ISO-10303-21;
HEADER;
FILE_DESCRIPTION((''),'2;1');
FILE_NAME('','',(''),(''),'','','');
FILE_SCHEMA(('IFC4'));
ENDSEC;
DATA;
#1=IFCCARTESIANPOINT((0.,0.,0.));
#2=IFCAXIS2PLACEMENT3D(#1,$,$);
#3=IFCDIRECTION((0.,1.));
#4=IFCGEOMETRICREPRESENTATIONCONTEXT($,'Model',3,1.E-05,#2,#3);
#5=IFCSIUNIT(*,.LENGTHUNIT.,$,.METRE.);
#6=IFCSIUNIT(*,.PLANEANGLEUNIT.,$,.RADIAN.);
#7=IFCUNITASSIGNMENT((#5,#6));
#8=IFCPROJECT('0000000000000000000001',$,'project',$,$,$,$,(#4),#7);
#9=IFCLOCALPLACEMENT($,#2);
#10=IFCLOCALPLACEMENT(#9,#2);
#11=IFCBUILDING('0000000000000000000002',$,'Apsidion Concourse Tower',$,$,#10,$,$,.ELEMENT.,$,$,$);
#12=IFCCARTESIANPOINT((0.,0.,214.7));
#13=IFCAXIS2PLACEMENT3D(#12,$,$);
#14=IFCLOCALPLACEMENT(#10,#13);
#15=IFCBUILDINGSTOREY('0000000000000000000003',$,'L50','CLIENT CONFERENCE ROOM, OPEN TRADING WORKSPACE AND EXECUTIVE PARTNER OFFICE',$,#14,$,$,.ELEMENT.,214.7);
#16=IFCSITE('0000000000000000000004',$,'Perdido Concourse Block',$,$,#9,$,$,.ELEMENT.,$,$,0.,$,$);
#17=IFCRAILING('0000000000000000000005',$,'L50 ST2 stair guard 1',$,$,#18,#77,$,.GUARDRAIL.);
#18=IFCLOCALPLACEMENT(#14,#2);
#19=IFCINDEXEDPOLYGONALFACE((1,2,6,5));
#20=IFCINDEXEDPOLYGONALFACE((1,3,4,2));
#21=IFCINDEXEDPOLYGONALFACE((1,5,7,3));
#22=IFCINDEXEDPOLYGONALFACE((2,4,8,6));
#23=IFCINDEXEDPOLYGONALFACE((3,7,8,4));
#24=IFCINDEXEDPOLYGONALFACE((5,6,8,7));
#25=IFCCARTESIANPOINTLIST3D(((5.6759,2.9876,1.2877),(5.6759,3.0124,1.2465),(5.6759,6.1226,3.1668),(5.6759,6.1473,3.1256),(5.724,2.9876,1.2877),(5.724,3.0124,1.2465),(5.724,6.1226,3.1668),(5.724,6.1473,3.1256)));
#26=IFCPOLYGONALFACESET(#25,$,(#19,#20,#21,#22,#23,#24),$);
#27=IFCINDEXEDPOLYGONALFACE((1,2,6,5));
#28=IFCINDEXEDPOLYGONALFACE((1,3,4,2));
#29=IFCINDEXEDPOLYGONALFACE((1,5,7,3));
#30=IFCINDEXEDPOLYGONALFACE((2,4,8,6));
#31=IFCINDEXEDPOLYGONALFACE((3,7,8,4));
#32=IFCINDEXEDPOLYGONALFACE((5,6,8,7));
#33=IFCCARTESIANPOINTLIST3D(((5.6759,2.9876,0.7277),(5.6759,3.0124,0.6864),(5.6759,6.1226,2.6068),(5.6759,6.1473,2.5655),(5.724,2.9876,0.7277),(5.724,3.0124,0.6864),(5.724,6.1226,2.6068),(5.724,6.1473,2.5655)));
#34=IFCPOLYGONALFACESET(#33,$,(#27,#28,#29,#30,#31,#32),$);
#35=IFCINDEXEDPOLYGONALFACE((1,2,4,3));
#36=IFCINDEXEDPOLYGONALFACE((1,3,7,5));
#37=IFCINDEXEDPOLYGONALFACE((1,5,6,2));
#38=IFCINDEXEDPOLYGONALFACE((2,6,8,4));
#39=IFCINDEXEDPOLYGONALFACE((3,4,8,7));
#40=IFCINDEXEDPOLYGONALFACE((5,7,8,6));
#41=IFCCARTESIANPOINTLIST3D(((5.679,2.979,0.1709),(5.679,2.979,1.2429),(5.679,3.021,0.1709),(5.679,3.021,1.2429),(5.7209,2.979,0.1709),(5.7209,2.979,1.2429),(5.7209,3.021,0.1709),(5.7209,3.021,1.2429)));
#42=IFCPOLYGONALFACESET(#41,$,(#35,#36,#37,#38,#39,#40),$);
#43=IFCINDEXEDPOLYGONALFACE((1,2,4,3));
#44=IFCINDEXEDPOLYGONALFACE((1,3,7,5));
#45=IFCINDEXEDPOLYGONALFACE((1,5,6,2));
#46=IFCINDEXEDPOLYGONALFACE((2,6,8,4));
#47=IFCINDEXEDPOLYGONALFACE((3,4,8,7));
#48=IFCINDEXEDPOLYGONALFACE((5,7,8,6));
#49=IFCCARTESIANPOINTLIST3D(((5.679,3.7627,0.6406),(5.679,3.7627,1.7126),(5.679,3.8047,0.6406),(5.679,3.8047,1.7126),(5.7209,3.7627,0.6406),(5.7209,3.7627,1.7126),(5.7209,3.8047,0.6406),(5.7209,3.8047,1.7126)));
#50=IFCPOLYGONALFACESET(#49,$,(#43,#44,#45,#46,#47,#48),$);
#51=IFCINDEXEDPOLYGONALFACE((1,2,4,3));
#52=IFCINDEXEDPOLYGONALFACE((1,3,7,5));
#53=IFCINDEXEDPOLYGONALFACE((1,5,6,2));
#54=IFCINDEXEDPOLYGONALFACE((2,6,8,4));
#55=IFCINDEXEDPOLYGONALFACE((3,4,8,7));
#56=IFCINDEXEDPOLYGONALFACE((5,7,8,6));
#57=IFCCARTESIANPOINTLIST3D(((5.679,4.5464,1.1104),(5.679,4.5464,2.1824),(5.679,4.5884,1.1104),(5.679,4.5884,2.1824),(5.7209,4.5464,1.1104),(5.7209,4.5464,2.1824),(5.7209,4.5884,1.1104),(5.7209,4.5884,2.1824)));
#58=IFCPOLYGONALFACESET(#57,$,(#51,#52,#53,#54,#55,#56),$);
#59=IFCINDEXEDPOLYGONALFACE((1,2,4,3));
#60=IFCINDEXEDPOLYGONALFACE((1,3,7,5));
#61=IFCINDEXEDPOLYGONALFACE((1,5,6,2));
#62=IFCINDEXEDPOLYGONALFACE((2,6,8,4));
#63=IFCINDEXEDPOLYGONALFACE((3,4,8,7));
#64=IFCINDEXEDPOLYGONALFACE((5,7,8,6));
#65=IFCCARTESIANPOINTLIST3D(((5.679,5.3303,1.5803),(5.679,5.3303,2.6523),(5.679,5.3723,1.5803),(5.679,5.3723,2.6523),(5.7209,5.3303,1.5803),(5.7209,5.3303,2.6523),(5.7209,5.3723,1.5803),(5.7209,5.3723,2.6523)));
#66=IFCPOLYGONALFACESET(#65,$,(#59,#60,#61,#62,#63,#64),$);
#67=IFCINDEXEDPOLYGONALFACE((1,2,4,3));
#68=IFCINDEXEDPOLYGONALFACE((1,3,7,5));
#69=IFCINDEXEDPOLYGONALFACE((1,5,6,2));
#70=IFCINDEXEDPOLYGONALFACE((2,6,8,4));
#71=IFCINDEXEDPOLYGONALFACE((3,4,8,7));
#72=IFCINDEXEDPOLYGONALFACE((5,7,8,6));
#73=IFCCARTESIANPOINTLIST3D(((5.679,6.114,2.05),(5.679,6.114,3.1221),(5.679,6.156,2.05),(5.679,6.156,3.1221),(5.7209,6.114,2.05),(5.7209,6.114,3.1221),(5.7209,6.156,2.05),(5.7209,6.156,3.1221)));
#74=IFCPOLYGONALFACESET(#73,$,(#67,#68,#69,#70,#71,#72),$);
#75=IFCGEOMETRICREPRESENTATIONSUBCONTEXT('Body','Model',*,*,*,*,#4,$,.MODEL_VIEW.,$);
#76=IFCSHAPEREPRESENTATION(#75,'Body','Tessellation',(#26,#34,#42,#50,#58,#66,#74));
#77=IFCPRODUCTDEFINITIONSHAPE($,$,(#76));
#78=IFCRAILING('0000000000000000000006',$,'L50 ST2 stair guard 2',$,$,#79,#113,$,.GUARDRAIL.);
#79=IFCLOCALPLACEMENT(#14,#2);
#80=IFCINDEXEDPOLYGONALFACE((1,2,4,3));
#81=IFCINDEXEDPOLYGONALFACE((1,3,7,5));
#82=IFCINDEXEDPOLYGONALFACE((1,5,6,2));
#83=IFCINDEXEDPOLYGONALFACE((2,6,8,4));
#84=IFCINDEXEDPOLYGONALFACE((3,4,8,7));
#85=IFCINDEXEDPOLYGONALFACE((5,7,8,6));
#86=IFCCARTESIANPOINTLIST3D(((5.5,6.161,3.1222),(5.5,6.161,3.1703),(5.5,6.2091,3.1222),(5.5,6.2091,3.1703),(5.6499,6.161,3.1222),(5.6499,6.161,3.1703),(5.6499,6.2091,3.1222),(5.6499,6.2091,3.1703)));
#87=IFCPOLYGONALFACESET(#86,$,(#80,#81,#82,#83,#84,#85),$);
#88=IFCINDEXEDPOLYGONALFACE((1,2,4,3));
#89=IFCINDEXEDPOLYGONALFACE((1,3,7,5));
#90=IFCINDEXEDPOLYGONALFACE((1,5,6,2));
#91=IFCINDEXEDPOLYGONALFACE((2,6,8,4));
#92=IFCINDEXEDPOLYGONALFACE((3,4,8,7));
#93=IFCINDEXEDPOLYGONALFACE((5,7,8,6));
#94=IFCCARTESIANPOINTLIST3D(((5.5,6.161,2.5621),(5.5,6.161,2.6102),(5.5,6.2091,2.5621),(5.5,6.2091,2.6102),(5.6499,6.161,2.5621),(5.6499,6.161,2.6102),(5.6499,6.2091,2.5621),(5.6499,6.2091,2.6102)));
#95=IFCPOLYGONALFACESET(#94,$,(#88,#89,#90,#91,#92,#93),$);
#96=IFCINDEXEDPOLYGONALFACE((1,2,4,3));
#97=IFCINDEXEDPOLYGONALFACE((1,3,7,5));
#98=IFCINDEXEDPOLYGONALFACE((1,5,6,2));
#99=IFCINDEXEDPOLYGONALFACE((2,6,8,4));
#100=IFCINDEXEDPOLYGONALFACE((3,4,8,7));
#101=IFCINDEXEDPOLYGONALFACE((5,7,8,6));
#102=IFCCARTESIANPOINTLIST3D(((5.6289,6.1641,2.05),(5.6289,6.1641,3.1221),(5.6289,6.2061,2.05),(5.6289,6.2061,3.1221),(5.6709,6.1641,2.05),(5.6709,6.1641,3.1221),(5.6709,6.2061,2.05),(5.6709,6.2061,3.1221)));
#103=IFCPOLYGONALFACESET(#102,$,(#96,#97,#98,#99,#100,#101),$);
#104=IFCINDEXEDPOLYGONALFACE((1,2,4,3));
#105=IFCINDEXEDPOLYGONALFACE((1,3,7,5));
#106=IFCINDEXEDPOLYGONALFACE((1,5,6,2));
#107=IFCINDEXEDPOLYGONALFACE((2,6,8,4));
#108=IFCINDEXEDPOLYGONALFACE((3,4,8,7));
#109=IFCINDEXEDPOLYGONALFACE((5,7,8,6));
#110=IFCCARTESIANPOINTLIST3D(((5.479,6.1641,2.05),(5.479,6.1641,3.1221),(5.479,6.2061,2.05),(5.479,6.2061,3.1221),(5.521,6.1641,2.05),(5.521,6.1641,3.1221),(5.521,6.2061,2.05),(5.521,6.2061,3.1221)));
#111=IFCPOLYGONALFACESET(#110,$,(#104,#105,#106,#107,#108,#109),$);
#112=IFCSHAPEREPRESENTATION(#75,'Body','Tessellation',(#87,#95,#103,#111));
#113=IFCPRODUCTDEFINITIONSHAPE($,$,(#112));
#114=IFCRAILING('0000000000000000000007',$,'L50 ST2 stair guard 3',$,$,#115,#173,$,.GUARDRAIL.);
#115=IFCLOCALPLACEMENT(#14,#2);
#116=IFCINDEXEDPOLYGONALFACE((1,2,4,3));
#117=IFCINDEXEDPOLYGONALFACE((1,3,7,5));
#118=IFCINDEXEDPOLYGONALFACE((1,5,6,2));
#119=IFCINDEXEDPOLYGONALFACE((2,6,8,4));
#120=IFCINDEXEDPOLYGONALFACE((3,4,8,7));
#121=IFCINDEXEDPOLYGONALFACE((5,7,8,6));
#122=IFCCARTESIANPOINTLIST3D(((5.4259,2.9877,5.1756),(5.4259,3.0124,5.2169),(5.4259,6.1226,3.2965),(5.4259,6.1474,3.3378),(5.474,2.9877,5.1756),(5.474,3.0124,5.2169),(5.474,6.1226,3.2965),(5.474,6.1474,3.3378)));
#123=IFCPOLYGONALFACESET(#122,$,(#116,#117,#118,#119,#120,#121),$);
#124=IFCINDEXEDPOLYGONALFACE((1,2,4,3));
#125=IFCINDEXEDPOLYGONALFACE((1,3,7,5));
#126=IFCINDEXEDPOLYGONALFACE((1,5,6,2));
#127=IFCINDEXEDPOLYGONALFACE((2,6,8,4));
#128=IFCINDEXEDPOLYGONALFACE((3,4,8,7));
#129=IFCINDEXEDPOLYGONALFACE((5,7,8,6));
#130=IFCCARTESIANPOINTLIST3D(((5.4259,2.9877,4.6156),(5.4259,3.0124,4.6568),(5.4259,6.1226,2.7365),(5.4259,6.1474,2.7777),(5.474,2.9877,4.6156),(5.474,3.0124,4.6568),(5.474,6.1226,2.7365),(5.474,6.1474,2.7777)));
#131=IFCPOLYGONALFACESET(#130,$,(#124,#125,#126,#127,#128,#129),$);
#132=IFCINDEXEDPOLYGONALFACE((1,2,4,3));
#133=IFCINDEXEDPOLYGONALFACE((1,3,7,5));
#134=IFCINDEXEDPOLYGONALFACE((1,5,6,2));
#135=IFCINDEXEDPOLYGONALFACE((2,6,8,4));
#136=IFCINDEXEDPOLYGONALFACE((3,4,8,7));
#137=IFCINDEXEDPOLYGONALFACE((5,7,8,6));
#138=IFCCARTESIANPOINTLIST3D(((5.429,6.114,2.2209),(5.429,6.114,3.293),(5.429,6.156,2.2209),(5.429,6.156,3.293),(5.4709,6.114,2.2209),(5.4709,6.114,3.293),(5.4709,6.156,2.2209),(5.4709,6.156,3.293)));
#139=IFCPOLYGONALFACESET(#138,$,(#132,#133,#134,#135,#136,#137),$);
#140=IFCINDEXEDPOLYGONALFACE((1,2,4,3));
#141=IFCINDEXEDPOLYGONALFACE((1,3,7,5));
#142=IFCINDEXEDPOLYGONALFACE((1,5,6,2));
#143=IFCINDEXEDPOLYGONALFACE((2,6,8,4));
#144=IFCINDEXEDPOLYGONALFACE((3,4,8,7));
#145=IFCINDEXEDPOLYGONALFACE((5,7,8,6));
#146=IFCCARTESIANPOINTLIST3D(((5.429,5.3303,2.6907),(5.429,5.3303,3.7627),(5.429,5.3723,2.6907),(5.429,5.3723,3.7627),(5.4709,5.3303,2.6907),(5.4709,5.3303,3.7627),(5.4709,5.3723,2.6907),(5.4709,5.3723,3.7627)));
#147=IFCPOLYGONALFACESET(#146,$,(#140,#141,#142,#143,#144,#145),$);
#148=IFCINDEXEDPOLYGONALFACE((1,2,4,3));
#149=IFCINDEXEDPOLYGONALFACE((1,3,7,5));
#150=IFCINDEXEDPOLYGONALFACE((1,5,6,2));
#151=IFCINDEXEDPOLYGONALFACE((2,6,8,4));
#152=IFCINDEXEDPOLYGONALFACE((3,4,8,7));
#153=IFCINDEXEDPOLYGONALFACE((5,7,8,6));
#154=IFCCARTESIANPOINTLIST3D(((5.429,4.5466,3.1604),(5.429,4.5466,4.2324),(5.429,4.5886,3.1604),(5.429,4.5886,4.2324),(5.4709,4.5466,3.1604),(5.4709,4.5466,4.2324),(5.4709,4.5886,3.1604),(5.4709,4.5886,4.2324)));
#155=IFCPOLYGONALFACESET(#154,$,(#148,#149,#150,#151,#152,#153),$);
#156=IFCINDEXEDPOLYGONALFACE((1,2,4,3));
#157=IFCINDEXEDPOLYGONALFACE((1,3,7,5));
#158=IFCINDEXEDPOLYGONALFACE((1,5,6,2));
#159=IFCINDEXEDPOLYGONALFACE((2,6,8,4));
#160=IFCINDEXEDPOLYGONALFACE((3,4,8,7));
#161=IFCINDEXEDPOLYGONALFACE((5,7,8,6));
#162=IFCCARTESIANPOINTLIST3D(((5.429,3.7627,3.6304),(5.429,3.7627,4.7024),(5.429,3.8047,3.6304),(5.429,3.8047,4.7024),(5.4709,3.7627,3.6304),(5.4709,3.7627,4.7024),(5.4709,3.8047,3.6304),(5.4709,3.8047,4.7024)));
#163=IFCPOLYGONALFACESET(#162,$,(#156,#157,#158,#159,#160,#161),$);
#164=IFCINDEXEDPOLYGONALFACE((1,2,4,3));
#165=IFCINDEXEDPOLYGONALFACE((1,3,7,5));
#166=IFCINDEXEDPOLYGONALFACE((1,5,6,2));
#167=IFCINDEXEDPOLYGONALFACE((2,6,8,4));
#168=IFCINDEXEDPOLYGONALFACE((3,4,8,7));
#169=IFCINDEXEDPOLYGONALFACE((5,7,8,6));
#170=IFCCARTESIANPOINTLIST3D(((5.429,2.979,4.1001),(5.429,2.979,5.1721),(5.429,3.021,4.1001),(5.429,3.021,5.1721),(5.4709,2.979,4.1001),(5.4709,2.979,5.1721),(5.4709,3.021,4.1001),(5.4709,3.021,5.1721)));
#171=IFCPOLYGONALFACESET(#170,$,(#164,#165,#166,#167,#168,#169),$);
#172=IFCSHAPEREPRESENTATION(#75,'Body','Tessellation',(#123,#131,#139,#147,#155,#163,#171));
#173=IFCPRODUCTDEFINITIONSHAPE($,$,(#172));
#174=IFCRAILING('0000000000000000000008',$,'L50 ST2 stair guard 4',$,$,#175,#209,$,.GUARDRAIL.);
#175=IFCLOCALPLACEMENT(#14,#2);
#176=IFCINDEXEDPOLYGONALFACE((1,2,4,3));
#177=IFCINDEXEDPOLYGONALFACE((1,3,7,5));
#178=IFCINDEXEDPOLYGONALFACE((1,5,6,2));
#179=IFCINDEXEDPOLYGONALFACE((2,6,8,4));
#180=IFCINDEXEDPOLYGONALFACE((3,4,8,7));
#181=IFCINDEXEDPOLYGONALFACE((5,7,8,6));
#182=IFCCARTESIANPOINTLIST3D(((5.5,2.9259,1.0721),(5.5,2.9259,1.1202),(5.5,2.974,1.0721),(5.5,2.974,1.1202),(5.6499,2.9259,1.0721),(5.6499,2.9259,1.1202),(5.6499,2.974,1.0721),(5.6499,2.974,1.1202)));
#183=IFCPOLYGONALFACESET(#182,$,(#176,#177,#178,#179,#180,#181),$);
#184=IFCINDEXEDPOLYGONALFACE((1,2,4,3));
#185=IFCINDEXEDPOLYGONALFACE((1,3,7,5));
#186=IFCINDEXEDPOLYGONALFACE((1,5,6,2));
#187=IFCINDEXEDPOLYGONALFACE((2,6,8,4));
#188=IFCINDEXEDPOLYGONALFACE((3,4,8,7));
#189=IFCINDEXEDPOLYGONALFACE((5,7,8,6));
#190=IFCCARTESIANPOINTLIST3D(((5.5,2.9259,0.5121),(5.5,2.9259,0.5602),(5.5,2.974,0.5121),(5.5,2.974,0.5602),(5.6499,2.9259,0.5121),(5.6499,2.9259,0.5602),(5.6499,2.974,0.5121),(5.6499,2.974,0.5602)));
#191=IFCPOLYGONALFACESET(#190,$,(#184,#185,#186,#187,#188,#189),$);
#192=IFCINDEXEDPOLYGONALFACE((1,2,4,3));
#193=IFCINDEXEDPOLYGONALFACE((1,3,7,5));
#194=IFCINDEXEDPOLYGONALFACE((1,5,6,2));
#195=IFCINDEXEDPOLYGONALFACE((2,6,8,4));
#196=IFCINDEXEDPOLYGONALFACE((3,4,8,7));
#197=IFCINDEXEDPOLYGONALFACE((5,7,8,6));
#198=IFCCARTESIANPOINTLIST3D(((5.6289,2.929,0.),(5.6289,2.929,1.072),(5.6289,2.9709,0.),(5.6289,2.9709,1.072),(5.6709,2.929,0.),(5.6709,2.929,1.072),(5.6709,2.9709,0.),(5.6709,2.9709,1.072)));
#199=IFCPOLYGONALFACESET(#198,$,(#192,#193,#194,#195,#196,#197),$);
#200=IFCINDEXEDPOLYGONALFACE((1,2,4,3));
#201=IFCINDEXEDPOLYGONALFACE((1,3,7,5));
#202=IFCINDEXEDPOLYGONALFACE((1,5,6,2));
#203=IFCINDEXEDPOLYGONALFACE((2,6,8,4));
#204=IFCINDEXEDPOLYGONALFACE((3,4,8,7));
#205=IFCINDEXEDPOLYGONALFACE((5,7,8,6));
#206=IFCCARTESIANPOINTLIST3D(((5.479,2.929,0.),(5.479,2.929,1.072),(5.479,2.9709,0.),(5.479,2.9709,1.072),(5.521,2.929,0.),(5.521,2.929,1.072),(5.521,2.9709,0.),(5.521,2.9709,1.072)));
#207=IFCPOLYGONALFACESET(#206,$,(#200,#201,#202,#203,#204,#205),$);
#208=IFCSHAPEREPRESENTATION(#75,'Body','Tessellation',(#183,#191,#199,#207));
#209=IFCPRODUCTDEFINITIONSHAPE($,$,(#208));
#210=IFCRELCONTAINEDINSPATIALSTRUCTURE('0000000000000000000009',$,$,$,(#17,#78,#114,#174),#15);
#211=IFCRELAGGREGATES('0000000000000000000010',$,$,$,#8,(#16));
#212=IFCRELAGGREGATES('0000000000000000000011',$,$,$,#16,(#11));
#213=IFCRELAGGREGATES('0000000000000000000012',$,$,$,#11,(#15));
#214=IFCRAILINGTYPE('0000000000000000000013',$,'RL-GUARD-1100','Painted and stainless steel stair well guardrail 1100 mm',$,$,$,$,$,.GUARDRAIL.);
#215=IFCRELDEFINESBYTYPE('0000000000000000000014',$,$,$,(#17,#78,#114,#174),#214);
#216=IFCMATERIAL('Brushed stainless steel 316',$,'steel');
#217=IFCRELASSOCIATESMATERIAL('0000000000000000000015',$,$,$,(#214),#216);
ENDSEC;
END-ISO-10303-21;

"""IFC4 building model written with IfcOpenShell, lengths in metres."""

from ifc_helpers import new_model, si_unit, direction, frame, origin, origin_2d, place, context, subcontext, project, spatial, rectangle, extrude, material, type_object, element, save


model = new_model("IFC4")

# Units and contexts
model_context = context("Model", 3, precision=1e-05, world=origin(), true_north=direction((0.0, 1.0)))
body_context = subcontext(model_context, "Body", "Model", "MODEL_VIEW")
ifc_project = project(units=[si_unit("LENGTHUNIT", "METRE"), si_unit("PLANEANGLEUNIT", "RADIAN")], contexts=[model_context])

# Site, building, storey
site_placement = place(None, origin())
site = spatial("IfcSite", under=ifc_project, at=site_placement, Name="Perdido Concourse Block", CompositionType="ELEMENT", RefElevation=0.0)
building_placement = place(site_placement, origin())
building = spatial("IfcBuilding", under=site, at=building_placement, Name="Apsidion Concourse Tower", CompositionType="ELEMENT")
storey_placement = place(building_placement, frame((0.0, 0.0, 214.7)))
storey = spatial("IfcBuildingStorey", under=building, at=storey_placement, Name="L50", Description="CLIENT CONFERENCE ROOM, OPEN TRADING WORKSPACE AND EXECUTIVE PARTNER OFFICE", CompositionType="ELEMENT", Elevation=214.7)

# Railings
ifc_material_1 = material(Name="Brushed stainless steel 316", Category="steel")
railing_type_1 = type_object("IfcRailingType", Name="RL-GUARD-1100", Description="Painted and stainless steel stair well guardrail 1100 mm", PredefinedType="GUARDRAIL", material=ifc_material_1)
railing_1_placement = place(storey_placement, frame((5.7, 3.0, 0.1709)))
element("IfcRailing", 1, at=railing_1_placement, inside=storey, type_object=railing_type_1, Name="L50 ST2 stair guard 1", PredefinedType="GUARDRAIL", context=body_context, shape_type="SweptSolid", body=[
    extrude(rectangle(XDim=0.0481, YDim=0.0481, at=origin_2d()), frame((0.0, 0.0, 1.0962), z_axis=(0.0, 0.857717, 0.514122), x_axis=(-1.0, 0.0, 0.0)), (0.0, 0.0, 1.0), 3.655),
    extrude(rectangle(XDim=0.0481, YDim=0.0481, at=origin_2d()), frame((0.0, 0.0, 0.5361), z_axis=(0.0, 0.857717, 0.514122), x_axis=(-1.0, 0.0, 0.0)), (0.0, 0.0, 1.0), 3.655),
    extrude(rectangle(XDim=0.042, YDim=0.042, at=origin_2d()), origin(), (0.0, 0.0, 1.0), 1.072),
    extrude(rectangle(XDim=0.042, YDim=0.042, at=origin_2d()), frame((0.0, 0.7837, 0.4697)), (0.0, 0.0, 1.0), 1.072),
    extrude(rectangle(XDim=0.042, YDim=0.042, at=origin_2d()), frame((0.0, 1.5674, 0.9395)), (0.0, 0.0, 1.0), 1.072),
    extrude(rectangle(XDim=0.042, YDim=0.042, at=origin_2d()), frame((0.0, 2.3513, 1.4094)), (0.0, 0.0, 1.0), 1.072),
    extrude(rectangle(XDim=0.042, YDim=0.042, at=origin_2d()), frame((0.0, 3.135, 1.8792)), (0.0, 0.0, 1.0), 1.072),
])
railing_2_placement = place(storey_placement, frame((5.6499, 6.1851, 2.05)))
element("IfcRailing", 2, at=railing_2_placement, inside=storey, type_object=railing_type_1, Name="L50 ST2 stair guard 2", PredefinedType="GUARDRAIL", context=body_context, shape_type="SweptSolid", body=[
    extrude(rectangle(XDim=0.0481, YDim=0.0481, at=origin_2d()), frame((0.0, 0.0, 1.0962), z_axis=(-1.0, 0.0, 0.0), x_axis=(0.0, -1.0, 0.0)), (0.0, 0.0, 1.0), 0.1499),
    extrude(rectangle(XDim=0.0481, YDim=0.0481, at=origin_2d()), frame((0.0, 0.0, 0.5361), z_axis=(-1.0, 0.0, 0.0), x_axis=(0.0, -1.0, 0.0)), (0.0, 0.0, 1.0), 0.1499),
    extrude(rectangle(XDim=0.042, YDim=0.042, at=origin_2d()), origin(), (0.0, 0.0, 1.0), 1.072),
    extrude(rectangle(XDim=0.042, YDim=0.042, at=origin_2d()), frame((-0.1499, 0.0, 0.0)), (0.0, 0.0, 1.0), 1.072),
])
railing_3_placement = place(storey_placement, frame((5.45, 6.135, 2.2209)))
element("IfcRailing", 3, at=railing_3_placement, inside=storey, type_object=railing_type_1, Name="L50 ST2 stair guard 3", PredefinedType="GUARDRAIL", context=body_context, shape_type="SweptSolid", body=[
    extrude(rectangle(XDim=0.0481, YDim=0.0481, at=origin_2d()), frame((0.0, 0.0, 1.0962), z_axis=(0.0, -0.857717, 0.514122), x_axis=(1.0, 0.0, 0.0)), (0.0, 0.0, 1.0), 3.655),
    extrude(rectangle(XDim=0.0481, YDim=0.0481, at=origin_2d()), frame((0.0, 0.0, 0.5361), z_axis=(0.0, -0.857717, 0.514122), x_axis=(1.0, 0.0, 0.0)), (0.0, 0.0, 1.0), 3.655),
    extrude(rectangle(XDim=0.042, YDim=0.042, at=origin_2d()), origin(), (0.0, 0.0, 1.0), 1.072),
    extrude(rectangle(XDim=0.042, YDim=0.042, at=origin_2d()), frame((0.0, -0.7837, 0.4697)), (0.0, 0.0, 1.0), 1.072),
    extrude(rectangle(XDim=0.042, YDim=0.042, at=origin_2d()), frame((0.0, -1.5674, 0.9395)), (0.0, 0.0, 1.0), 1.072),
    extrude(rectangle(XDim=0.042, YDim=0.042, at=origin_2d()), frame((0.0, -2.3513, 1.4094)), (0.0, 0.0, 1.0), 1.072),
    extrude(rectangle(XDim=0.042, YDim=0.042, at=origin_2d()), frame((0.0, -3.135, 1.8792)), (0.0, 0.0, 1.0), 1.072),
])
railing_4_placement = place(storey_placement, frame((5.6499, 2.95, 0.0)))
element("IfcRailing", 4, at=railing_4_placement, inside=storey, type_object=railing_type_1, Name="L50 ST2 stair guard 4", PredefinedType="GUARDRAIL", context=body_context, shape_type="SweptSolid", body=[
    extrude(rectangle(XDim=0.0481, YDim=0.0481, at=origin_2d()), frame((0.0, 0.0, 1.0962), z_axis=(-1.0, 0.0, 0.0), x_axis=(0.0, -1.0, 0.0)), (0.0, 0.0, 1.0), 0.1499),
    extrude(rectangle(XDim=0.0481, YDim=0.0481, at=origin_2d()), frame((0.0, 0.0, 0.5361), z_axis=(-1.0, 0.0, 0.0), x_axis=(0.0, -1.0, 0.0)), (0.0, 0.0, 1.0), 0.1499),
    extrude(rectangle(XDim=0.042, YDim=0.042, at=origin_2d()), origin(), (0.0, 0.0, 1.0), 1.072),
    extrude(rectangle(XDim=0.042, YDim=0.042, at=origin_2d()), frame((-0.1499, 0.0, 0.0)), (0.0, 0.0, 1.0), 1.072),
])

save(model, "model.ifc")
